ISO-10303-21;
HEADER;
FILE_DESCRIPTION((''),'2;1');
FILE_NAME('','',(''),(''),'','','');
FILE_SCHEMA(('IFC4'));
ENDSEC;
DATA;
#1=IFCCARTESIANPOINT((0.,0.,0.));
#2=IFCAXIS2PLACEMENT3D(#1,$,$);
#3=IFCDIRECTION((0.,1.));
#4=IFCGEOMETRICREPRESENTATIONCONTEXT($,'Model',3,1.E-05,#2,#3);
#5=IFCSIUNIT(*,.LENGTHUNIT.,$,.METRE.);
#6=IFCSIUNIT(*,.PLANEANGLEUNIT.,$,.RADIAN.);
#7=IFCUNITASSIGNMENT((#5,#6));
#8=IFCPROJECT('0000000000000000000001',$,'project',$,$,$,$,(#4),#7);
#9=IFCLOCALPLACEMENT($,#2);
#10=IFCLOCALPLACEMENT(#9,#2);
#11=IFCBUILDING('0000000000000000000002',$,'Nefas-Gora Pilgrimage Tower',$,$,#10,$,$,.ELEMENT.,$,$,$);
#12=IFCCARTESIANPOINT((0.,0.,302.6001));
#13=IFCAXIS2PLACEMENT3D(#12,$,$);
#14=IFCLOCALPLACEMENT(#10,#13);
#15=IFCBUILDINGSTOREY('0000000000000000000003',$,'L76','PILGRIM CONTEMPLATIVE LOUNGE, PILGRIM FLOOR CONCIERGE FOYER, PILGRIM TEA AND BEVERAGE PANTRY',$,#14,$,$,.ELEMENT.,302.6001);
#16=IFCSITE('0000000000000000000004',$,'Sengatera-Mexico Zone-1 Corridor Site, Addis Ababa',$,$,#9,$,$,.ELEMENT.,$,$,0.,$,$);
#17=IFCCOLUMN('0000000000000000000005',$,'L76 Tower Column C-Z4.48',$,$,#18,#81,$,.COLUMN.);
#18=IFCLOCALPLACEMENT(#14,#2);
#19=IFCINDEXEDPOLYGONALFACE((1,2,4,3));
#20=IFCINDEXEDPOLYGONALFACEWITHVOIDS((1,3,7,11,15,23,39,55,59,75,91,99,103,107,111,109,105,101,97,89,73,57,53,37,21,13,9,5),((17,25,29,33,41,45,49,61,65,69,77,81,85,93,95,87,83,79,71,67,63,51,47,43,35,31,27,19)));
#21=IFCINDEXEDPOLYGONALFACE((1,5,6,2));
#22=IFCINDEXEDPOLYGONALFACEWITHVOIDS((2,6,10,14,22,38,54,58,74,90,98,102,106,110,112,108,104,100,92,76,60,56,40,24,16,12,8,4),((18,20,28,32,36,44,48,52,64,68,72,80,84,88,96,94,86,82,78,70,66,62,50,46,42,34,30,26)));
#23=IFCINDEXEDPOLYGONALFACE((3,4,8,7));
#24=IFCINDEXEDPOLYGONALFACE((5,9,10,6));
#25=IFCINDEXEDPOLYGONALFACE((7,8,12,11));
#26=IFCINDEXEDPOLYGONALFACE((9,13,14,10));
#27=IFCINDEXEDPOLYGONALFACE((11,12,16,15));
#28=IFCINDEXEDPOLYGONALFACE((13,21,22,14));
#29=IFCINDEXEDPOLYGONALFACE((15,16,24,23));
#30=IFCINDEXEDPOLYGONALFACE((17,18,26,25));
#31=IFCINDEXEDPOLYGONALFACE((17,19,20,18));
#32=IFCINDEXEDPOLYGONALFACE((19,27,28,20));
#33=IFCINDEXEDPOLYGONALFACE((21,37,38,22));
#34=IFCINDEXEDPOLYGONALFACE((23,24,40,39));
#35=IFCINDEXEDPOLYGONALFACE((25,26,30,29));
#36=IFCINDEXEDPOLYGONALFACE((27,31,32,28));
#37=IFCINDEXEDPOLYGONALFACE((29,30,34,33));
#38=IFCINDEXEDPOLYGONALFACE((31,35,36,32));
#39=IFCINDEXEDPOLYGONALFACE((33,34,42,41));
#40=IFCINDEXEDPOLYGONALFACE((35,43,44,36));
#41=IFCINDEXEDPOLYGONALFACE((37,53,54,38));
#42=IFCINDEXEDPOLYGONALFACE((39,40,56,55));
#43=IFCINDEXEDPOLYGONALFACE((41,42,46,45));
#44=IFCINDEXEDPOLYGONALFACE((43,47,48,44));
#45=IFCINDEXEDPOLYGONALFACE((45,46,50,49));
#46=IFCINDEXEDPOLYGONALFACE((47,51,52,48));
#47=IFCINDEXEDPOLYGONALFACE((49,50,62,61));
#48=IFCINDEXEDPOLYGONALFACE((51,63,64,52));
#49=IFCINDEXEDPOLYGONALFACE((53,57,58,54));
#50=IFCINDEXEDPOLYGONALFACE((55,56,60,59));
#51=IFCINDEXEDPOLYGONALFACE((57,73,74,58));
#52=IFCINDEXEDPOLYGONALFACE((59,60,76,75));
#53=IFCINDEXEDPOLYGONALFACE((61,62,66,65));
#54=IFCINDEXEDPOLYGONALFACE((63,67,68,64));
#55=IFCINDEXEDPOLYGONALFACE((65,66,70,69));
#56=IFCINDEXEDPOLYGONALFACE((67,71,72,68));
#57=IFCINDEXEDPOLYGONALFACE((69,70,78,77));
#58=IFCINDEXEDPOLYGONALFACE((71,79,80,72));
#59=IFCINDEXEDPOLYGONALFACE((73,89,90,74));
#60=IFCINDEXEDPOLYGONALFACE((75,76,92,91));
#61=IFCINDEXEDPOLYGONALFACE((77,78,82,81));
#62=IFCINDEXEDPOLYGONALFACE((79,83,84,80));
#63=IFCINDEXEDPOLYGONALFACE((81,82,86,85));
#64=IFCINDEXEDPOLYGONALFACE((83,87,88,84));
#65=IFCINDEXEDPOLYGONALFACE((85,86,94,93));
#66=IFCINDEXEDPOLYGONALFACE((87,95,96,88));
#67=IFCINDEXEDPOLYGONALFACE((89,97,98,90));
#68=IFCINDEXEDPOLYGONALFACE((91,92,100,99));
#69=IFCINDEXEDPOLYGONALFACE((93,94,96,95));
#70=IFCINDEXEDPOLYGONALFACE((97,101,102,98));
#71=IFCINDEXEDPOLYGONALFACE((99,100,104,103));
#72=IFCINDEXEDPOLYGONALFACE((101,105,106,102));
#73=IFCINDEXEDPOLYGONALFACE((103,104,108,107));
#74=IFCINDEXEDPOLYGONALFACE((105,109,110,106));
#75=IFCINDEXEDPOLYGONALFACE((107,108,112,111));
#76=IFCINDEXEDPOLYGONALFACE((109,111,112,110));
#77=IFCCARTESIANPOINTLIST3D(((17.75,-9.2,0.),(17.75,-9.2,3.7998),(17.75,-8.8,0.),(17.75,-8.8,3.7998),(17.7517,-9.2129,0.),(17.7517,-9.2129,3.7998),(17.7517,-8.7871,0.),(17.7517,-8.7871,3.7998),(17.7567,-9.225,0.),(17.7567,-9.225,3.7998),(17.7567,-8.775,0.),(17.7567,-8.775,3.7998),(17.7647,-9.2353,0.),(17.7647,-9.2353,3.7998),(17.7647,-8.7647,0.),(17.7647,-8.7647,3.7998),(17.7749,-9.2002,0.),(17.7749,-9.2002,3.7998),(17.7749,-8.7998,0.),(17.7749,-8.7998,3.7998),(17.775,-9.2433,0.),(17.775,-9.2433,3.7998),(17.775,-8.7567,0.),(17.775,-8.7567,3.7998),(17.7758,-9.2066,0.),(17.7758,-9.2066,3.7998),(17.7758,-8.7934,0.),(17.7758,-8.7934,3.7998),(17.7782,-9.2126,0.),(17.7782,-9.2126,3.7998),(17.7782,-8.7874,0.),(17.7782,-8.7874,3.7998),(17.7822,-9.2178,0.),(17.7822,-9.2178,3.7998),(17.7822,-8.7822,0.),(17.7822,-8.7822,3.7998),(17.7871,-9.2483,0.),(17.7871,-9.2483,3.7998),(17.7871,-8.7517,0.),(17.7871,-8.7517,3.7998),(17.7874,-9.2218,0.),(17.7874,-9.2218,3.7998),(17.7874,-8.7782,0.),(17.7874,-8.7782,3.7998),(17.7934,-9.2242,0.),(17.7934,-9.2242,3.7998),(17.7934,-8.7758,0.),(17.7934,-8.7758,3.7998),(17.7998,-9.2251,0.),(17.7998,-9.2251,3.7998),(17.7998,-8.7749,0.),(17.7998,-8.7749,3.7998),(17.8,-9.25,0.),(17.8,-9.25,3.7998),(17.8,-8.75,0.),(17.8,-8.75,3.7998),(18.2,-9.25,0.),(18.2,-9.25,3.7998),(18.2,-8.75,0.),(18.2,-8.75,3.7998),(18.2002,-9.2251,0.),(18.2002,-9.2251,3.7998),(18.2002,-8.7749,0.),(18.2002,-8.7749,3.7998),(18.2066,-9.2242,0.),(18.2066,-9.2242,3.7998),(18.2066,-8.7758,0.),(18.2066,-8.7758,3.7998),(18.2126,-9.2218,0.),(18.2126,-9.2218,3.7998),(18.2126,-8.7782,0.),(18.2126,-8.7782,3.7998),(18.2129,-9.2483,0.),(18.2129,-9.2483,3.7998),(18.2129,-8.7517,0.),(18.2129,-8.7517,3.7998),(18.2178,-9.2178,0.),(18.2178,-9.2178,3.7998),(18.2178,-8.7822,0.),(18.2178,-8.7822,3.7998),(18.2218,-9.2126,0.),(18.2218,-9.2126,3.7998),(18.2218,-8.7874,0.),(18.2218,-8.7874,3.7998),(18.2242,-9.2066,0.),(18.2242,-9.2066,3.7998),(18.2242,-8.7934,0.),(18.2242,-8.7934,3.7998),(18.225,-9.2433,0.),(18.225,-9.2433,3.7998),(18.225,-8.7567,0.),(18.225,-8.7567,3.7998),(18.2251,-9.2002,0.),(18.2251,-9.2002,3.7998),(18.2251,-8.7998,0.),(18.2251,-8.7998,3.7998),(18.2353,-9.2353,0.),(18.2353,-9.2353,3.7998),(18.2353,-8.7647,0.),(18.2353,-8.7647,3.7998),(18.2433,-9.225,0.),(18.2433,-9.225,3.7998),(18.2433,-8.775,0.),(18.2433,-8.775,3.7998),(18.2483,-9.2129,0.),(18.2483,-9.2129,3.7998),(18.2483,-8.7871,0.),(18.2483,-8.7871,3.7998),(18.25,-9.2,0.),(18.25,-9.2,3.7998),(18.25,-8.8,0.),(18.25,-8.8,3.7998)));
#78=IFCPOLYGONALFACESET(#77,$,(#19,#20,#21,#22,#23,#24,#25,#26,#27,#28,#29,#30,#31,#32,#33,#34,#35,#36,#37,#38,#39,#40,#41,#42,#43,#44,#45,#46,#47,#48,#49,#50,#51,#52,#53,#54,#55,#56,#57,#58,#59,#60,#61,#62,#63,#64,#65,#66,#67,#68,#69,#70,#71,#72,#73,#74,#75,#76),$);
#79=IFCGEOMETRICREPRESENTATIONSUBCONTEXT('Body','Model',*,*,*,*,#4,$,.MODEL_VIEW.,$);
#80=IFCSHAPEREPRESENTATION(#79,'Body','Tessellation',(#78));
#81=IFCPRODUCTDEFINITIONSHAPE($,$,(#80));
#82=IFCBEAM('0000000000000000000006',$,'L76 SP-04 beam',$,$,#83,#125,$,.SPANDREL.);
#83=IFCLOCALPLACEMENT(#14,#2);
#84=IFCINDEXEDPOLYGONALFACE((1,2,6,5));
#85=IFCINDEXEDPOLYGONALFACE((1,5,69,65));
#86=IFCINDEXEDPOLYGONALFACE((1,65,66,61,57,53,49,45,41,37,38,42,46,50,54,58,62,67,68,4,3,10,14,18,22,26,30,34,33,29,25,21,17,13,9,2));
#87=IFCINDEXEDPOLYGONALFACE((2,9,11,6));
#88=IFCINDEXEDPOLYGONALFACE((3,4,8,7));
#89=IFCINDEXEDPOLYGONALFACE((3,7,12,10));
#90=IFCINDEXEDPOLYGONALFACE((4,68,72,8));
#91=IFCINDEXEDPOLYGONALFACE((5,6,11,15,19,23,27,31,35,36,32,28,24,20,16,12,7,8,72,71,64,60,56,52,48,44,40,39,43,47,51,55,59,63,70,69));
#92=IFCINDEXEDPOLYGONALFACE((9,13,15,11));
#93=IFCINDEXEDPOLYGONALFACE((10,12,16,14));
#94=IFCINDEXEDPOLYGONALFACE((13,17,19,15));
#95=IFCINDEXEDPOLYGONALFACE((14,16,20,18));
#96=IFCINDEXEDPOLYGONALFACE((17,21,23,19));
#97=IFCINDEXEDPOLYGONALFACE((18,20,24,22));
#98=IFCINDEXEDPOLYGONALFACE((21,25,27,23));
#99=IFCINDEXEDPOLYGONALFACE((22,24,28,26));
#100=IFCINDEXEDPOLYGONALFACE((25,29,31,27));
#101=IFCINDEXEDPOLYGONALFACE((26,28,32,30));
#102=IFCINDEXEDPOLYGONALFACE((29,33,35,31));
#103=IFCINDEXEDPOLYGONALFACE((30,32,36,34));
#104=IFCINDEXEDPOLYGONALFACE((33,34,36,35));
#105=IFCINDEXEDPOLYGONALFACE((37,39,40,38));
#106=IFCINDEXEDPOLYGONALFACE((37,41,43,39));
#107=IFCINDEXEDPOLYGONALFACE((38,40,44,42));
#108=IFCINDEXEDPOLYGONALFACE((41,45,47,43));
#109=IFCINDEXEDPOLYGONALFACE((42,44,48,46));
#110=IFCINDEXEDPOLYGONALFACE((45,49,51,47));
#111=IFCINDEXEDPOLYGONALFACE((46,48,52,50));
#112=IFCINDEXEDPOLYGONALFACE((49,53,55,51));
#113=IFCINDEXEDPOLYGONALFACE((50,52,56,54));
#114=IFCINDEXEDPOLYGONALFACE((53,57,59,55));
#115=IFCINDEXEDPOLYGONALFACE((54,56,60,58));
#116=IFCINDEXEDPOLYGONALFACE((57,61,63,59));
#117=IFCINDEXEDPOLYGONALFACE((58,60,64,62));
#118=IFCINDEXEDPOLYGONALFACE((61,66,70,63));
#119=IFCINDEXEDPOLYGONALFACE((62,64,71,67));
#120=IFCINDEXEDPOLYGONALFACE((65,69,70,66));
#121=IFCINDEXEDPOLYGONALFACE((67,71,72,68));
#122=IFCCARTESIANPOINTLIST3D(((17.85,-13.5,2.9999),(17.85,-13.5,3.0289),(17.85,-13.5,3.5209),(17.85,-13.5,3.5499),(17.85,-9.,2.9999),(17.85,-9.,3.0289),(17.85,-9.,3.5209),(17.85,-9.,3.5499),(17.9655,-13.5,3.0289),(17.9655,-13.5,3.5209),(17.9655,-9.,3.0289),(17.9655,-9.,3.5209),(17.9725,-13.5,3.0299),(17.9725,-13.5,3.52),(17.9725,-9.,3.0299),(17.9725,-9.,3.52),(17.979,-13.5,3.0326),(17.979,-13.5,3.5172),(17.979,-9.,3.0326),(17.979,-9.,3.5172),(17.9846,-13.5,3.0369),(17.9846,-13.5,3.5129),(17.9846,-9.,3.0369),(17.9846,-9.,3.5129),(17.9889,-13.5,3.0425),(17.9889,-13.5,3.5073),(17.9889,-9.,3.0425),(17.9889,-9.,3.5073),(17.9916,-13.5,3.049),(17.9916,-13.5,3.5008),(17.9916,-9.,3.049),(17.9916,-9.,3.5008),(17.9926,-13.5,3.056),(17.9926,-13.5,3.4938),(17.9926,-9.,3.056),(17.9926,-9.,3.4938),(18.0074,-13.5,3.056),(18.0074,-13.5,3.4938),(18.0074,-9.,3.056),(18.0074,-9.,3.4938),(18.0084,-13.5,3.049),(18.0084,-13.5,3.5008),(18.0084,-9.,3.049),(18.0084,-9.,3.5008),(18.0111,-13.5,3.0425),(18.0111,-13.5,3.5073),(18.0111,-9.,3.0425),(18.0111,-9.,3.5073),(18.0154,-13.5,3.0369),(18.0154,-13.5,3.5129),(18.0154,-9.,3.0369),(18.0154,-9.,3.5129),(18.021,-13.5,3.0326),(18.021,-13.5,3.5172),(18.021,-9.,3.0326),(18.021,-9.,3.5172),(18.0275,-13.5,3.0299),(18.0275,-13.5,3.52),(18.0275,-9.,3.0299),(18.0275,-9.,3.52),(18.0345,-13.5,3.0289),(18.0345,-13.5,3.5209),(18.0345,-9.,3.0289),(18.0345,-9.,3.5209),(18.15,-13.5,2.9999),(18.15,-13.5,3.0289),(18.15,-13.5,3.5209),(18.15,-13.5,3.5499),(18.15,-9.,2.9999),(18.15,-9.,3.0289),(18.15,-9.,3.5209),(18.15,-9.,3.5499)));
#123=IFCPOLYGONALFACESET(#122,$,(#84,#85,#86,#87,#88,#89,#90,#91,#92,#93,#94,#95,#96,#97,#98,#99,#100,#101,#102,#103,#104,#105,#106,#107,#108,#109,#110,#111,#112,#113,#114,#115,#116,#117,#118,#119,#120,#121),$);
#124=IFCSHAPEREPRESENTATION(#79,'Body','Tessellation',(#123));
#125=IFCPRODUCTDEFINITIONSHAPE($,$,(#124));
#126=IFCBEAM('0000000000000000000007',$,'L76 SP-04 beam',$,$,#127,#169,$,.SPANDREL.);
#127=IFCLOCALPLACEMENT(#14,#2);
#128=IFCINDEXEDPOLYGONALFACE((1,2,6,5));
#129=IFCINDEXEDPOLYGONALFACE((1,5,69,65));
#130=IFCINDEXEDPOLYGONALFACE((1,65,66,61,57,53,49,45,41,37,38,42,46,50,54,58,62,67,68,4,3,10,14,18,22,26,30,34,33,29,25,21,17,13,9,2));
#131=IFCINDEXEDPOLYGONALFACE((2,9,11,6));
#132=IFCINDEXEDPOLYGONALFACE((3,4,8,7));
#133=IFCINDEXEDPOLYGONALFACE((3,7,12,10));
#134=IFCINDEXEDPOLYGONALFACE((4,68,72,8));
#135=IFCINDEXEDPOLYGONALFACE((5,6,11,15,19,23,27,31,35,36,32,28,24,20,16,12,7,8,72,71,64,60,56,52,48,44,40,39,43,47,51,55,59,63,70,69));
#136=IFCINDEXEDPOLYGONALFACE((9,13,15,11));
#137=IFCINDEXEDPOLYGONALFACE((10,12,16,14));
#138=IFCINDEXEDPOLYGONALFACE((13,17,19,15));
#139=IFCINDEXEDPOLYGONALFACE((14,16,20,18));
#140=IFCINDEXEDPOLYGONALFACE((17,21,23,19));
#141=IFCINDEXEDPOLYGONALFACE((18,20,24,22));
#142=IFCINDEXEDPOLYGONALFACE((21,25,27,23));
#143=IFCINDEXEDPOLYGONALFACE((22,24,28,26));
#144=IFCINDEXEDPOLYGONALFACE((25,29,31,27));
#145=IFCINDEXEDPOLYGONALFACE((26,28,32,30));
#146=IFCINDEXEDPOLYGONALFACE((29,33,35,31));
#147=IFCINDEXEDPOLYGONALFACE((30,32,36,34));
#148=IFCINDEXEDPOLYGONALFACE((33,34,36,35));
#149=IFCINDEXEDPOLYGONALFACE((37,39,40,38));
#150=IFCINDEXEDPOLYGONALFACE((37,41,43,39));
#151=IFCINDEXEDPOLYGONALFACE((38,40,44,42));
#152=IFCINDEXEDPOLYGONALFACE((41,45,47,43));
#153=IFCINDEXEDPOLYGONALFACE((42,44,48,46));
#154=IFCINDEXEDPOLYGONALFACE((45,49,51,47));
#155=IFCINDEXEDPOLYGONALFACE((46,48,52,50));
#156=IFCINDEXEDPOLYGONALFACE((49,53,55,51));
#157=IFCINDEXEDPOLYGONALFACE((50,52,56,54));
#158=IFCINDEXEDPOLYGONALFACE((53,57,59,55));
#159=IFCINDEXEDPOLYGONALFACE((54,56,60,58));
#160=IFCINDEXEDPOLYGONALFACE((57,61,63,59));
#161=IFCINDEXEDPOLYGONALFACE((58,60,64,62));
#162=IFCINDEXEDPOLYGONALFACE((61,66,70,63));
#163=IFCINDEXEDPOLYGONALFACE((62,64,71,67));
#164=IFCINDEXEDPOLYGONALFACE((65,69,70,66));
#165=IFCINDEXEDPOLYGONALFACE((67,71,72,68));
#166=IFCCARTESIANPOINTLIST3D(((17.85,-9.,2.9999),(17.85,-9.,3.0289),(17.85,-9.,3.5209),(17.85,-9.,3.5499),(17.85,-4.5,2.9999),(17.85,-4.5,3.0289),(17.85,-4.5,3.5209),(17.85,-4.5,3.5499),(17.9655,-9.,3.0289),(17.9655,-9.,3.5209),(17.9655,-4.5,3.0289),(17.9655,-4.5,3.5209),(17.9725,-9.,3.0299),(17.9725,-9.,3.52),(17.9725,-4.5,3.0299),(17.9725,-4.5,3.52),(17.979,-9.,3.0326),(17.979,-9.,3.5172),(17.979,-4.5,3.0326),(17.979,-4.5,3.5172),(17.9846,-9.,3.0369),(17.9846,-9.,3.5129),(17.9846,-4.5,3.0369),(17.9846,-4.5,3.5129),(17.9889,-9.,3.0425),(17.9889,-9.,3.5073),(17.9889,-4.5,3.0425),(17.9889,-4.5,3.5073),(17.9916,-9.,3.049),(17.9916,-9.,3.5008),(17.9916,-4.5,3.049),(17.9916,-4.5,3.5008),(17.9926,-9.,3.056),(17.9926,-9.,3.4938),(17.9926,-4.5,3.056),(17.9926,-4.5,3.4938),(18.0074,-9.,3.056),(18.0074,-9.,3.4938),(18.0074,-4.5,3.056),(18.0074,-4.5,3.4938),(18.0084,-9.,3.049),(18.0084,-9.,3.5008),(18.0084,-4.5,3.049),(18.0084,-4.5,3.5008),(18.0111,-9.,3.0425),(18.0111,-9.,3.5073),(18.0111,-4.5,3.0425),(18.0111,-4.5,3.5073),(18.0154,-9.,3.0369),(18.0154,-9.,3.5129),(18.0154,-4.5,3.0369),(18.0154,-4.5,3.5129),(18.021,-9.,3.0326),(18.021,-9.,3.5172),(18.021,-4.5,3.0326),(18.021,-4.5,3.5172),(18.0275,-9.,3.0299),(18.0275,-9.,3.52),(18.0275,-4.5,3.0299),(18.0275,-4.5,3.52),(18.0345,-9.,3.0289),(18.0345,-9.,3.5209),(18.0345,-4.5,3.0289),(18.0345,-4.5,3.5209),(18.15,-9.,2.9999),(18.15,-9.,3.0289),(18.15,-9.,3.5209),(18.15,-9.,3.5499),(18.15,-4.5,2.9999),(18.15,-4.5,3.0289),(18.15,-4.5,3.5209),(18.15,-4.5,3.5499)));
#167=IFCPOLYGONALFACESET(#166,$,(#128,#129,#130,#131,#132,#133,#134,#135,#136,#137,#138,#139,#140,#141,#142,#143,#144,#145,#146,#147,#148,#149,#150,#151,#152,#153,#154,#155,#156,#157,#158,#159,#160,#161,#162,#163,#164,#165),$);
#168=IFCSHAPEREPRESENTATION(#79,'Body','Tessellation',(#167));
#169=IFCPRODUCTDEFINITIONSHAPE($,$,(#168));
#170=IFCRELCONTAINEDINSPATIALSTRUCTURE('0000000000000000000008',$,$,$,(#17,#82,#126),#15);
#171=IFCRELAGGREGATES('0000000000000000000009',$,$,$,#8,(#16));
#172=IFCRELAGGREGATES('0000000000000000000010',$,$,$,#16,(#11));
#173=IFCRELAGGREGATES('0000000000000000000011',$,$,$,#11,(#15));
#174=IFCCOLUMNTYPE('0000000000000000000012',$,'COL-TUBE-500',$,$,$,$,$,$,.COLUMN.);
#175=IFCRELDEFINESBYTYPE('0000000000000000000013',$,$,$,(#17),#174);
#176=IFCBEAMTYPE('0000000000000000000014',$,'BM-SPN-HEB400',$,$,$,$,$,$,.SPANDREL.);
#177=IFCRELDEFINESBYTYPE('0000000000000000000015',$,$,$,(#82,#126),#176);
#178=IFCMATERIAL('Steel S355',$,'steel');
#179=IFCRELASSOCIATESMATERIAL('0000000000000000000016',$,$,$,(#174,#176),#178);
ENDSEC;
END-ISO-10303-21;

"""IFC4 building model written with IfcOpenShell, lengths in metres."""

from ifc_helpers import new_model, si_unit, direction, frame, origin, origin_2d, place, context, subcontext, project, spatial, hollow_rectangle, i_section, extrude, source, transform, mapped, material, material_profile, profile_set, type_object, element, save


model = new_model("IFC4")

# Units and contexts
model_context = context("Model", 3, precision=1e-05, world=origin(), true_north=direction((0.0, 1.0)))
body_context = subcontext(model_context, "Body", "Model", "MODEL_VIEW")
ifc_project = project(units=[si_unit("LENGTHUNIT", "METRE"), si_unit("PLANEANGLEUNIT", "RADIAN")], contexts=[model_context])

# Site, building, storey
site_placement = place(None, origin())
site = spatial("IfcSite", under=ifc_project, at=site_placement, Name="Sengatera-Mexico Zone-1 Corridor Site, Addis Ababa", CompositionType="ELEMENT", RefElevation=0.0)
building_placement = place(site_placement, origin())
building = spatial("IfcBuilding", under=site, at=building_placement, Name="Nefas-Gora Pilgrimage Tower", CompositionType="ELEMENT")
storey_placement = place(building_placement, frame((0.0, 0.0, 302.6001)))
storey = spatial("IfcBuildingStorey", under=building, at=storey_placement, Name="L76", Description="PILGRIM CONTEMPLATIVE LOUNGE, PILGRIM FLOOR CONCIERGE FOYER, PILGRIM TEA AND BEVERAGE PANTRY", CompositionType="ELEMENT", Elevation=302.6001)

# Column
ifc_material_1 = material(Name="Steel S355", Category="steel")
ifc_material_profile_1 = material_profile(ifc_material_1, hollow_rectangle(XDim=0.5, YDim=0.5, WallThickness=0.0249, InnerFilletRadius=0.0249, OuterFilletRadius=0.05, at=origin_2d()), Name="SHS 500x500x25")
ifc_profile_set_1 = profile_set([ifc_material_profile_1], Name="Steel S355")
column_type_1 = type_object("IfcColumnType", Name="COL-TUBE-500", PredefinedType="COLUMN", material=ifc_profile_set_1)
shared_shape_1 = source(origin(), body_context, "Body", "SweptSolid", [
    extrude(hollow_rectangle(XDim=0.5, YDim=0.5, WallThickness=0.0249, InnerFilletRadius=0.0249, OuterFilletRadius=0.05, at=origin_2d()), origin(), (0.0, 0.0, 1.0), 3.7998),
])
for number, where, z_axis, x_axis, name in (
    (1, (18.0, -9.0, 0.0), (0.0, 0.0, 1.0), (1.0, 0.0, 0.0), "L76 Tower Column C-Z4.48"),
):
    element("IfcColumn", number, at=place(storey_placement, frame(where, z_axis=z_axis, x_axis=x_axis)), inside=storey, type_object=column_type_1, Name=name, PredefinedType="COLUMN", context=body_context, shape_type="MappedRepresentation", body=[
        mapped(shared_shape_1, transform((0.0, 0.0, 0.0), x_axis=(1.0, 0.0, 0.0), y_axis=(0.0, 1.0, 0.0), z_axis=(0.0, 0.0, 1.0), scale=1.0)),
    ])

# Beams
ifc_material_profile_2 = material_profile(ifc_material_1, i_section(OverallWidth=0.3, OverallDepth=0.55, WebThickness=0.0149, FlangeThickness=0.0291, FilletRadius=0.0271, at=origin_2d()), Name="HEB 550")
ifc_profile_set_2 = profile_set([ifc_material_profile_2], Name="Steel S355")
beam_type_1 = type_object("IfcBeamType", Name="BM-SPN-HEB400", PredefinedType="SPANDREL", material=ifc_profile_set_2)
shared_shape_2 = source(origin(), body_context, "Body", "SweptSolid", [
    extrude(i_section(OverallWidth=0.3, OverallDepth=0.55, WebThickness=0.0149, FlangeThickness=0.0291, FilletRadius=0.0271, at=origin_2d()), origin(), (0.0, 0.0, 1.0), 4.5),
])
for number, where, z_axis, x_axis, name in (
    (2, (18.0, -13.5, 3.2749), (0.0, 1.0, 0.0), (-1.0, 0.0, 0.0), "L76 SP-04 beam"),
    (3, (18.0, -9.0, 3.2749), (0.0, 1.0, 0.0), (-1.0, 0.0, 0.0), "L76 SP-04 beam"),
):
    element("IfcBeam", number, at=place(storey_placement, frame(where, z_axis=z_axis, x_axis=x_axis)), inside=storey, type_object=beam_type_1, Name=name, PredefinedType="SPANDREL", context=body_context, shape_type="MappedRepresentation", body=[
        mapped(shared_shape_2, transform((0.0, 0.0, 0.0), x_axis=(1.0, 0.0, 0.0), y_axis=(0.0, 1.0, 0.0), z_axis=(0.0, 0.0, 1.0), scale=1.0)),
    ])

save(model, "model.ifc")
